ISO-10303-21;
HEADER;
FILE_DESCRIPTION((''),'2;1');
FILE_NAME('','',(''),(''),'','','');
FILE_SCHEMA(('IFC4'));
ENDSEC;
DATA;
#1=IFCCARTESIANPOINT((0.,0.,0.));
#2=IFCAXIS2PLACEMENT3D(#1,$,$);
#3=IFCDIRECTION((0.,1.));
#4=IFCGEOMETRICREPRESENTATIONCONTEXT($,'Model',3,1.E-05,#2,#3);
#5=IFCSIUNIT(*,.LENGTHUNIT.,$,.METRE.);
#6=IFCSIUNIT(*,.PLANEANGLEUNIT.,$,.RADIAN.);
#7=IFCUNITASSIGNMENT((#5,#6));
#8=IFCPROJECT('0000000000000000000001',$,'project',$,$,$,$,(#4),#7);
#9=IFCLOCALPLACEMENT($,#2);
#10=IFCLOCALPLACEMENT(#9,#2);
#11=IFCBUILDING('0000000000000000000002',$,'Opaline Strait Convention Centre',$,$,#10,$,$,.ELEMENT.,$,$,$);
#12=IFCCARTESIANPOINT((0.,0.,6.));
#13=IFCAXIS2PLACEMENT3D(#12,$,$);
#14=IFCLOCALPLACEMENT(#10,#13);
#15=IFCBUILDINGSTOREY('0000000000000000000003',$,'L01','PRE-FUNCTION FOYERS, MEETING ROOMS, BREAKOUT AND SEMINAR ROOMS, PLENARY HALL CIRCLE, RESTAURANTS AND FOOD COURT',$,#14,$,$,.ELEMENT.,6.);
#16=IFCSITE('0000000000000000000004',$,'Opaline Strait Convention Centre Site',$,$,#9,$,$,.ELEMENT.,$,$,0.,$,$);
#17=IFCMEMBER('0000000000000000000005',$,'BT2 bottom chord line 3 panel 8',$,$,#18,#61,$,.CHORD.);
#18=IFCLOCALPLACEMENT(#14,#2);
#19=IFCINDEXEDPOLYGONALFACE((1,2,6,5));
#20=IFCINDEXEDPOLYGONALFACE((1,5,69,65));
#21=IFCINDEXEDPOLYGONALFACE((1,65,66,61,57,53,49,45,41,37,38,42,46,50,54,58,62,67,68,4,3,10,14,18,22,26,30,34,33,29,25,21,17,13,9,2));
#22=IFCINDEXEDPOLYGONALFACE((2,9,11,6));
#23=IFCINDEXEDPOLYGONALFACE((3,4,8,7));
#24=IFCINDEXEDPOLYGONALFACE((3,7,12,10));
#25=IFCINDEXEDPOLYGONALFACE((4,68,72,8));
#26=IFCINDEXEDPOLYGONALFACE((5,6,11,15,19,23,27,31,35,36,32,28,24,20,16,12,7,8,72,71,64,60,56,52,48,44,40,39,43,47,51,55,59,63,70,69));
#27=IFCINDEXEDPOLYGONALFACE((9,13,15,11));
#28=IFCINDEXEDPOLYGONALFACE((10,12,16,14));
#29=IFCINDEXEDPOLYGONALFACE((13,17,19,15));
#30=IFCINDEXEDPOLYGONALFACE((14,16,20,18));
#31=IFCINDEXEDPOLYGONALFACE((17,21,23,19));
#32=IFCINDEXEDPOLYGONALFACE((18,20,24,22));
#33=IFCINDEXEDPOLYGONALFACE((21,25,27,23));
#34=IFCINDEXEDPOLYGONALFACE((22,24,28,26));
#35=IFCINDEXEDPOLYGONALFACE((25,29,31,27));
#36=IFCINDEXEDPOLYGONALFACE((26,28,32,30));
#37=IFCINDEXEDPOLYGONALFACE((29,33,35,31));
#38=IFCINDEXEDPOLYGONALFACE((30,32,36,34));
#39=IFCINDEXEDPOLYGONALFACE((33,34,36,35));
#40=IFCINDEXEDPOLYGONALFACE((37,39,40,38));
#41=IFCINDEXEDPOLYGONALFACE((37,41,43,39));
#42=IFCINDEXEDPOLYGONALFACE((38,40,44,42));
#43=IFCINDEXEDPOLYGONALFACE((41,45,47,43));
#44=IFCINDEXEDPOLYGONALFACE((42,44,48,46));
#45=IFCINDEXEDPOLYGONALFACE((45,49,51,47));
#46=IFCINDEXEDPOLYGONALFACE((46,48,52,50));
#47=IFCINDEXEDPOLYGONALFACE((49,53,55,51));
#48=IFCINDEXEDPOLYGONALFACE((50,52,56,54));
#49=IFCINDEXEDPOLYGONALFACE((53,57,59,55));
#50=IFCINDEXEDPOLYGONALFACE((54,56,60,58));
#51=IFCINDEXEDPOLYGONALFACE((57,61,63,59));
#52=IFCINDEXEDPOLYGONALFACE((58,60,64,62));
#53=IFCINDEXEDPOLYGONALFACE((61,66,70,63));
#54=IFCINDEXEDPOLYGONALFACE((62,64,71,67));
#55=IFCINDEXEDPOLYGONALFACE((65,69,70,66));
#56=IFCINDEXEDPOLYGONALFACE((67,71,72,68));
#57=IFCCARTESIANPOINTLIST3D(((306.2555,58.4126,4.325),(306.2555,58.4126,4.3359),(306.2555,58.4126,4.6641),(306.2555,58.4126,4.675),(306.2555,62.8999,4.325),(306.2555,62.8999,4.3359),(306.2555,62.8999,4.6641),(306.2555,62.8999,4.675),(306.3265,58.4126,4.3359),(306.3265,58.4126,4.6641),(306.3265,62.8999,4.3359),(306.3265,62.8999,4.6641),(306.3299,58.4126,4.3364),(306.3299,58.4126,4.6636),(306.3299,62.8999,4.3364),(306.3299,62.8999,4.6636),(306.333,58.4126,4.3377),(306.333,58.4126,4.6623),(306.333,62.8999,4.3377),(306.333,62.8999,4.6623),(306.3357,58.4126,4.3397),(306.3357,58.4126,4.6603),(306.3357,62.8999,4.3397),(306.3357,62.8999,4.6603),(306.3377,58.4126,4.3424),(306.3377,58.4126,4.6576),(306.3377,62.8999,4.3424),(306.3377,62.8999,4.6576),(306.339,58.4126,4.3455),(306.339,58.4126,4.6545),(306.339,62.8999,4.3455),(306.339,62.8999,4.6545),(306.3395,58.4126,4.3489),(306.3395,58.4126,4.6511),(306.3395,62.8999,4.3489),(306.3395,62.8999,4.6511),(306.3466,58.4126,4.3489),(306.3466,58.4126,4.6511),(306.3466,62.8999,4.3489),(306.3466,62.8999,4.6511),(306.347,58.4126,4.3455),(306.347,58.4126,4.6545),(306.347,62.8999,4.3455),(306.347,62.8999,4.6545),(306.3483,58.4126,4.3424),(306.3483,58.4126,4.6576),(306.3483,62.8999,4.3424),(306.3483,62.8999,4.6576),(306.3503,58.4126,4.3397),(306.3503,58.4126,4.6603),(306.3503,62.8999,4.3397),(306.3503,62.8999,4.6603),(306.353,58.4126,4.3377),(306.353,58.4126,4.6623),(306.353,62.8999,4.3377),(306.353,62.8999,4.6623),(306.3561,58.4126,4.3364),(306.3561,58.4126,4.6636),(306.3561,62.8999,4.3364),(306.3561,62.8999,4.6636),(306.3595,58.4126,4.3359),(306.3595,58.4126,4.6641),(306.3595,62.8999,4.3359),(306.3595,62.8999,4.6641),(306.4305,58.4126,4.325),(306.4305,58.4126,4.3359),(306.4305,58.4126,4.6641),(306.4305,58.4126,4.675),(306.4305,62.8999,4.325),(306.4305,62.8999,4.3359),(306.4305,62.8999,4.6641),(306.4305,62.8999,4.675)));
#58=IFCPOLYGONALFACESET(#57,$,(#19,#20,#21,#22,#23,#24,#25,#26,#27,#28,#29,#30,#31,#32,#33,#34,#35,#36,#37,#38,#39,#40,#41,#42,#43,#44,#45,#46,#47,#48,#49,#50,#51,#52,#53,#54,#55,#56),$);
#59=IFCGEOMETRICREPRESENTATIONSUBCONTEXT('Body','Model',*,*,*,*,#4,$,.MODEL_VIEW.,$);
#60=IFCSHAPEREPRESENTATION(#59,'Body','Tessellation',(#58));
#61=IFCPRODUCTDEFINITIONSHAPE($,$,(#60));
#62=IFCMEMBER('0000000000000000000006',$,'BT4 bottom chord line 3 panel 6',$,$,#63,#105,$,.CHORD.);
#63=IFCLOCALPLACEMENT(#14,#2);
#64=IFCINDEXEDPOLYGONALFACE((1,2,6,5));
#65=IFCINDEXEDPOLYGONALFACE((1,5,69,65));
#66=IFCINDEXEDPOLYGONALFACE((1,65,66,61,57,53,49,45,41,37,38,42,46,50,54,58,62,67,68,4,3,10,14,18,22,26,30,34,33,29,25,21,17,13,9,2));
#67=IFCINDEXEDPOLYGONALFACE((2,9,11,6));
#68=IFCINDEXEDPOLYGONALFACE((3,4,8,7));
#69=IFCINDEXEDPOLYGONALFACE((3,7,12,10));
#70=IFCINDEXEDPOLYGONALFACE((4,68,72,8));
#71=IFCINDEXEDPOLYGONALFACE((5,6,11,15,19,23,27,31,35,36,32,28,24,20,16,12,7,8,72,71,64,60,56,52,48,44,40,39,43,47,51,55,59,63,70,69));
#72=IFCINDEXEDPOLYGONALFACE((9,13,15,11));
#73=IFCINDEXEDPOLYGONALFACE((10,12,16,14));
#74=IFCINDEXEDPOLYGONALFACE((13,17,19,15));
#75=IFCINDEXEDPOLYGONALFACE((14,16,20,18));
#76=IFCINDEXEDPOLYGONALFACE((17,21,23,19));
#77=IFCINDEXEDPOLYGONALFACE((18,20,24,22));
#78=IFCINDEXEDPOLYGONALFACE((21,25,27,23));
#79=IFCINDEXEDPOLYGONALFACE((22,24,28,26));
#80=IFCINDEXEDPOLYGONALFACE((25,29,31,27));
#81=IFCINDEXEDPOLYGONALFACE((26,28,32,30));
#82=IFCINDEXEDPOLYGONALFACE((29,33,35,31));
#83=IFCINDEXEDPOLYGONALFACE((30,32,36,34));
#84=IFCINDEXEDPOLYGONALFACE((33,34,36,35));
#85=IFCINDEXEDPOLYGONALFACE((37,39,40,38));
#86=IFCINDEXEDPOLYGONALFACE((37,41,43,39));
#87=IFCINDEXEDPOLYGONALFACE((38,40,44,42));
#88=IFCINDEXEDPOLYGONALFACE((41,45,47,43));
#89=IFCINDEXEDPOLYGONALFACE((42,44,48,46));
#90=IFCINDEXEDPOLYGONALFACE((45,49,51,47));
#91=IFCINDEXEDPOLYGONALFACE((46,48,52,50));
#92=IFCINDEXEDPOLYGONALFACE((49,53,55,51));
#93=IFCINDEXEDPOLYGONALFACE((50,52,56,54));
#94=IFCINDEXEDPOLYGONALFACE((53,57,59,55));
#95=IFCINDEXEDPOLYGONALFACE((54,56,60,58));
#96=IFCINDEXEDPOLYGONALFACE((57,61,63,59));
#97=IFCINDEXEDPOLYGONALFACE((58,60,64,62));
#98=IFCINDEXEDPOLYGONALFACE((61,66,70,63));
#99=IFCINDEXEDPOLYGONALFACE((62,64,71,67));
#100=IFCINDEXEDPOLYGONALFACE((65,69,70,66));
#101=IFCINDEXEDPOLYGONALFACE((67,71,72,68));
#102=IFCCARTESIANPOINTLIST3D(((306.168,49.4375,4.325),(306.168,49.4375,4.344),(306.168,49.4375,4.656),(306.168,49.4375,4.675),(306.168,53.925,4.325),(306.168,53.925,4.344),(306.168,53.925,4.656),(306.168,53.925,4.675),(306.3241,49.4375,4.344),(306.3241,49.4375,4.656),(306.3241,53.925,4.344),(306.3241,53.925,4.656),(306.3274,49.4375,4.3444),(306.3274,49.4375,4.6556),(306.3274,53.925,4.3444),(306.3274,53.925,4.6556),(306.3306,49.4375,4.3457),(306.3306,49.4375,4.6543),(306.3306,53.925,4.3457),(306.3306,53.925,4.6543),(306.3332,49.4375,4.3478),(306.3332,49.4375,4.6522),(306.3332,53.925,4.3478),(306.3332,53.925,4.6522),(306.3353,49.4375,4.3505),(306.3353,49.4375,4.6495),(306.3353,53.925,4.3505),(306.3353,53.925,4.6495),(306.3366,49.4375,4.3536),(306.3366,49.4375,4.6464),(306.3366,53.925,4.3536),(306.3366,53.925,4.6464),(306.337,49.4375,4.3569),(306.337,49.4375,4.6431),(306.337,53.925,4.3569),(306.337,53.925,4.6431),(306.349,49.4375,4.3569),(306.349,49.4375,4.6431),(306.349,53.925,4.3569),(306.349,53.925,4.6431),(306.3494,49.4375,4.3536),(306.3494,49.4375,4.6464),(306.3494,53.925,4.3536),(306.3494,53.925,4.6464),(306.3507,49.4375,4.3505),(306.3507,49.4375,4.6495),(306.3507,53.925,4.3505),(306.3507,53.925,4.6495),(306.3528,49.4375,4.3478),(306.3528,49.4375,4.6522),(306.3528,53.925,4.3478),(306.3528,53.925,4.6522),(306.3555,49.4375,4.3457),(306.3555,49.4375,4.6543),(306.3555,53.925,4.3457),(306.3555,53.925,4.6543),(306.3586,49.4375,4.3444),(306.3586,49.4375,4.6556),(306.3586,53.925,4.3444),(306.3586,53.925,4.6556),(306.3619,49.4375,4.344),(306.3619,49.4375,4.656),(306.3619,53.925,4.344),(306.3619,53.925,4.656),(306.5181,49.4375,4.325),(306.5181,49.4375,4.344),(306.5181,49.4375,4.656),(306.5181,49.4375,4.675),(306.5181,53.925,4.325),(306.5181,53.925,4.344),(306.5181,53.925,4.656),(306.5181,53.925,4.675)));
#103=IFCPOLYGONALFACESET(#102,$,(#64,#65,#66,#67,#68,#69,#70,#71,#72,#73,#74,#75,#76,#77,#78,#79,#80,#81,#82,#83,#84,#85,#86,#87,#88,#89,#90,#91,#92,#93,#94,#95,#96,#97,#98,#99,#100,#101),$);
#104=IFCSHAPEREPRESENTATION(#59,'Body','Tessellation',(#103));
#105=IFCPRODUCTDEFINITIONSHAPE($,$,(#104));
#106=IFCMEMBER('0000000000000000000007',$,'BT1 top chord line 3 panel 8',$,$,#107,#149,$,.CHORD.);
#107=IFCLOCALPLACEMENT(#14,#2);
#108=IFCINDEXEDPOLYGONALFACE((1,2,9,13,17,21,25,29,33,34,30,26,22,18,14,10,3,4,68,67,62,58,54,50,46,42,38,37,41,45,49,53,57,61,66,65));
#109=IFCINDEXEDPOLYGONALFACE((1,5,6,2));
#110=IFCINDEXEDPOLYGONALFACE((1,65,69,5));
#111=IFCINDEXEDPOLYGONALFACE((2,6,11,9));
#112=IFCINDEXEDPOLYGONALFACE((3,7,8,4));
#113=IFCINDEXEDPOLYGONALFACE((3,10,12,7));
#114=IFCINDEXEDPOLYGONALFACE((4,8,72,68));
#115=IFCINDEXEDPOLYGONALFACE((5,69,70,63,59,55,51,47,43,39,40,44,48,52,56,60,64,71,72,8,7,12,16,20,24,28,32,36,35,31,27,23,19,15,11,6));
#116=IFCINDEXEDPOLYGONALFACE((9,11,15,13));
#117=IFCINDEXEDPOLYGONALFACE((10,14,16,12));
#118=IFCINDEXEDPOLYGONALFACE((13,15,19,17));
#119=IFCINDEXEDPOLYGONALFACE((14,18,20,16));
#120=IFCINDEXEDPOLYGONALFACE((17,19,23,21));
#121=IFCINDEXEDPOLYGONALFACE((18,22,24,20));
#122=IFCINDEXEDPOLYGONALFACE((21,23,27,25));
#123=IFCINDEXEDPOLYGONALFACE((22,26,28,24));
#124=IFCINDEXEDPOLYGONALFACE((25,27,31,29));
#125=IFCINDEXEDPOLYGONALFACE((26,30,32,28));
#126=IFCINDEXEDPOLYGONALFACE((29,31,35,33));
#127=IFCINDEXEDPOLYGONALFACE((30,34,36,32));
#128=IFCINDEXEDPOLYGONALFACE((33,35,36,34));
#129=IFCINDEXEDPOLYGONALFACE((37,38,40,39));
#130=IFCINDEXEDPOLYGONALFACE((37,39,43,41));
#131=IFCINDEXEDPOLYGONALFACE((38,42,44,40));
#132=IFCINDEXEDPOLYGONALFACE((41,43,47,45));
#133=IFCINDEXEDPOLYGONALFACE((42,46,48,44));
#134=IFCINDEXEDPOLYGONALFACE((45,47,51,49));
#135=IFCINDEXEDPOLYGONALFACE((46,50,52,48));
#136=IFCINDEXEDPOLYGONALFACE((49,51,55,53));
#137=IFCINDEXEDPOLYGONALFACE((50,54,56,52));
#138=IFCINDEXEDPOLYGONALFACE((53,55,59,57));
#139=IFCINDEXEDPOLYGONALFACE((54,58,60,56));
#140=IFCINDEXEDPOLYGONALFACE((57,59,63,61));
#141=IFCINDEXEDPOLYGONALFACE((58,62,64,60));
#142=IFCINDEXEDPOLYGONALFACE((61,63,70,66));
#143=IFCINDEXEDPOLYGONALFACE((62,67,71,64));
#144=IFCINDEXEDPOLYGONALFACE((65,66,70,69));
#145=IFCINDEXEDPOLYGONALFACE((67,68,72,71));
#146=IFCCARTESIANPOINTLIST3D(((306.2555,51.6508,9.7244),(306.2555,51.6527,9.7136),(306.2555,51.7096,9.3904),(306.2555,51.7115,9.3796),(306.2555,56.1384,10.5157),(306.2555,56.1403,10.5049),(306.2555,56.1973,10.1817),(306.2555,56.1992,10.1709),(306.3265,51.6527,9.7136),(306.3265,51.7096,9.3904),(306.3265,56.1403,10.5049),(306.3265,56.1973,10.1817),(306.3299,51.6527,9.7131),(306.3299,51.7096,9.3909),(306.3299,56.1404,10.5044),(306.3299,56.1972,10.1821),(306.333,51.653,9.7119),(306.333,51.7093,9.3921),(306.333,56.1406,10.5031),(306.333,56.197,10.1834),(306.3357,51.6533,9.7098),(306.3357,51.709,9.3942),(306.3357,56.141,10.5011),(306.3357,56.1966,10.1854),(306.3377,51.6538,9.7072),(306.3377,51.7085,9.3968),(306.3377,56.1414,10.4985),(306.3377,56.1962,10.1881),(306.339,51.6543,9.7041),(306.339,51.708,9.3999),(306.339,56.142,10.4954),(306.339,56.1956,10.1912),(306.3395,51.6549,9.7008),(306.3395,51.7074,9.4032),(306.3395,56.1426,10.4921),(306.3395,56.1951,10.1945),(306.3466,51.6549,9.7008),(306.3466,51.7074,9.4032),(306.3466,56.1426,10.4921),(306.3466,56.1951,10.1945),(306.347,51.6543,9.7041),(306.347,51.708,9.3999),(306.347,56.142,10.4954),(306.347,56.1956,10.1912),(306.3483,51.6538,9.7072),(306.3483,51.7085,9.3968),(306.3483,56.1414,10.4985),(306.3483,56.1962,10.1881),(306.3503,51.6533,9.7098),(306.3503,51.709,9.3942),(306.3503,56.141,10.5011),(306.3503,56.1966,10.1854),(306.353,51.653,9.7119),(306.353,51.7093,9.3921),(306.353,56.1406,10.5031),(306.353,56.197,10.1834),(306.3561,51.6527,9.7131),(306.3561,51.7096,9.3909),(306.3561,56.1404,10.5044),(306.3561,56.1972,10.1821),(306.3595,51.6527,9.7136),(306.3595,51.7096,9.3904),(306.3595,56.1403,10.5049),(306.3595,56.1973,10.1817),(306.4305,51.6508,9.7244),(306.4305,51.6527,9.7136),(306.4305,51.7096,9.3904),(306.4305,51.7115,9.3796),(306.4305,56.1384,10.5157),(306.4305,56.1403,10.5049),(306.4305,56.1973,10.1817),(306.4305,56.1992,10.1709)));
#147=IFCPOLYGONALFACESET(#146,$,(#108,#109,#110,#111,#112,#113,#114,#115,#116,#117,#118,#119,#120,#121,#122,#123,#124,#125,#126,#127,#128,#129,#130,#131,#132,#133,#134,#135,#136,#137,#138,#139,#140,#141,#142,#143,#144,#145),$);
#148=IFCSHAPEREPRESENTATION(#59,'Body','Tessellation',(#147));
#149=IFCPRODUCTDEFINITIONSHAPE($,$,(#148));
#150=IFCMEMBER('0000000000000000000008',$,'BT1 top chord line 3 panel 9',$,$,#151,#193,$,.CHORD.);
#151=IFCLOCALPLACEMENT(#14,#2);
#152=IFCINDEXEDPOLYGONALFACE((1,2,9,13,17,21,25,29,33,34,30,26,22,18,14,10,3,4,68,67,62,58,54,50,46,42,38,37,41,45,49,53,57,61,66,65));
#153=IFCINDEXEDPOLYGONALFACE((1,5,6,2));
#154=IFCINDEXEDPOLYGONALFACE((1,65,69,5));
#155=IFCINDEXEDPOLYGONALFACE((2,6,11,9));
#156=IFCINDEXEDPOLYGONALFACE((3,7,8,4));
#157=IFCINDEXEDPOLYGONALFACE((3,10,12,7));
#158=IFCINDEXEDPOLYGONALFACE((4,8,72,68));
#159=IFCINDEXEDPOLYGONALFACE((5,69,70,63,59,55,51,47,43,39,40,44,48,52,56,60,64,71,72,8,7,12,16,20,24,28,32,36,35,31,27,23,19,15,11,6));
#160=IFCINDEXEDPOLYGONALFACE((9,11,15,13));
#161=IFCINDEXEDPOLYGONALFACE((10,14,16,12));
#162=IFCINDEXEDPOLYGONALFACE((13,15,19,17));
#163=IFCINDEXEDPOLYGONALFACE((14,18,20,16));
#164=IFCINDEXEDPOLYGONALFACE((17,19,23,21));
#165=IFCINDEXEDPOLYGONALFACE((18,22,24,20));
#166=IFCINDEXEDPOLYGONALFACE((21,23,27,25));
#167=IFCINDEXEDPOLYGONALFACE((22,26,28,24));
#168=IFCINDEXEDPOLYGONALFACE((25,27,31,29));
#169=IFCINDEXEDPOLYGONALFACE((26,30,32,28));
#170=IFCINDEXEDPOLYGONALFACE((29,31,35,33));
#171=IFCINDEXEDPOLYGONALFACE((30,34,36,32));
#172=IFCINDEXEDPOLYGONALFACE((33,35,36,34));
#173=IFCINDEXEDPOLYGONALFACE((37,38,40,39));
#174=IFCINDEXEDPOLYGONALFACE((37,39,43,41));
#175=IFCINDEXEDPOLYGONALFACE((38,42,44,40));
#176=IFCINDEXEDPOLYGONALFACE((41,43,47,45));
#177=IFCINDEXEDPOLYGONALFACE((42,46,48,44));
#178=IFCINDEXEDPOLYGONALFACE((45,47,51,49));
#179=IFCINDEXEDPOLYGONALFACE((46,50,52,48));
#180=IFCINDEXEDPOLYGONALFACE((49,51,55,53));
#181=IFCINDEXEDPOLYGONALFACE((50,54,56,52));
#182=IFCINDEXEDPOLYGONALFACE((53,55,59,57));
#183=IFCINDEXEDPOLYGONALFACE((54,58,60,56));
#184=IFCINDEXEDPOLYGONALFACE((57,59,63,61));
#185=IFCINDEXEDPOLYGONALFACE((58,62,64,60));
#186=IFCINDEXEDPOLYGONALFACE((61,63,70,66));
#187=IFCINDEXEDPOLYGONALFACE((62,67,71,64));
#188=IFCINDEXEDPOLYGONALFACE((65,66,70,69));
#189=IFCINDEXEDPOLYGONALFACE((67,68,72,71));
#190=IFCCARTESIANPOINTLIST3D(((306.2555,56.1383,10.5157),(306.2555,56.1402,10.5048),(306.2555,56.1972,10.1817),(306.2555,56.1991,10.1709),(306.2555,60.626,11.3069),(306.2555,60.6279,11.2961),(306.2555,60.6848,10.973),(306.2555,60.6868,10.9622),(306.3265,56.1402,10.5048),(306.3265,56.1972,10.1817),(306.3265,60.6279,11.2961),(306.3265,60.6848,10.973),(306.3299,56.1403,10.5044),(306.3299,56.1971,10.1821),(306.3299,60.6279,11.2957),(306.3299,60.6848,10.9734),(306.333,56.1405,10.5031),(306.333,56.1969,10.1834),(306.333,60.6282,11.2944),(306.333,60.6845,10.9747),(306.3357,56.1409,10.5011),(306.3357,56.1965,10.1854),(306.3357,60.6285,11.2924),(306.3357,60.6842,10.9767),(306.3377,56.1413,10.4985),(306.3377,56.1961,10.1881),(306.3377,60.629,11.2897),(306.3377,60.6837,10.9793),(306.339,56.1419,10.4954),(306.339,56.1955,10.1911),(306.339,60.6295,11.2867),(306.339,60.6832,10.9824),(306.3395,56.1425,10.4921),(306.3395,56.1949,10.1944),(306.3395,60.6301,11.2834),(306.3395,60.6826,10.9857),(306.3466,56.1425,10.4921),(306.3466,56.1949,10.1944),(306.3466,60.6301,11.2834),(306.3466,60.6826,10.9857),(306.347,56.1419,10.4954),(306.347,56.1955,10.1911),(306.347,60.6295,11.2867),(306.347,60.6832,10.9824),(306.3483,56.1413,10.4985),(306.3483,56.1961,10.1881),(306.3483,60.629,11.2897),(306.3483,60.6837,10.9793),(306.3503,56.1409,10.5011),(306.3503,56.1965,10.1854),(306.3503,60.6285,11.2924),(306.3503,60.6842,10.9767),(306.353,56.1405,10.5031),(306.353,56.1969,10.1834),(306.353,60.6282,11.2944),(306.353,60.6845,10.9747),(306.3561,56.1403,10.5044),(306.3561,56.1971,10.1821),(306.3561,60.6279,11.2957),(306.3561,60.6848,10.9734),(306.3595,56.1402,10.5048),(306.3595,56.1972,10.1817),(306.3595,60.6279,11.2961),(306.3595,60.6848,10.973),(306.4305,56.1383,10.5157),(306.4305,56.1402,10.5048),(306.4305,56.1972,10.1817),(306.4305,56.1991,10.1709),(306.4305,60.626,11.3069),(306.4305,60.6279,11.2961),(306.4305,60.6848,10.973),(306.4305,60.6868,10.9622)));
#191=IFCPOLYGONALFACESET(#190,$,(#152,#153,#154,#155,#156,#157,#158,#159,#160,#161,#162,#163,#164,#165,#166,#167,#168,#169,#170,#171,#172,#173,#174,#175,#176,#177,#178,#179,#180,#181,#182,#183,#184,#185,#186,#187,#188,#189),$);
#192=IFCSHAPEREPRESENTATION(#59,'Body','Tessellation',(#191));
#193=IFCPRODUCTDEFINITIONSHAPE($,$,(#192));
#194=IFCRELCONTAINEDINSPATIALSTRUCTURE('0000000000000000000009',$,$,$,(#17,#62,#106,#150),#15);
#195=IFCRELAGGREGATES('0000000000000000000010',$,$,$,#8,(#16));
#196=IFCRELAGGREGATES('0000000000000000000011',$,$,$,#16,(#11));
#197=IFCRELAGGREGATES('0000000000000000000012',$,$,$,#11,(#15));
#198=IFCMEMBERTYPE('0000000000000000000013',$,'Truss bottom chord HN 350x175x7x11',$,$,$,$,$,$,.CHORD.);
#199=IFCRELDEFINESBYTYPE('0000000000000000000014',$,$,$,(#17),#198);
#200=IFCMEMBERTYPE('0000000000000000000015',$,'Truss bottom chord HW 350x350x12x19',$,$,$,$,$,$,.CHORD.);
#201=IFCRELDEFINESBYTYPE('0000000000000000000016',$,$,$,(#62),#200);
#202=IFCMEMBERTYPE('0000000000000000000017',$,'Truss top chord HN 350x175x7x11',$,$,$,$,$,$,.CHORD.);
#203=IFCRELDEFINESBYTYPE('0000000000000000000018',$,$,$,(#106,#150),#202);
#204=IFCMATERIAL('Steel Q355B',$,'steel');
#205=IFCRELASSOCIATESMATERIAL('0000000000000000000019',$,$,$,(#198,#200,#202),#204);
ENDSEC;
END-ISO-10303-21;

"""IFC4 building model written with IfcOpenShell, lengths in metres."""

from ifc_helpers import new_model, si_unit, direction, frame, origin, origin_2d, place, context, subcontext, project, spatial, i_section, extrude, material, material_profile, profile_set, type_object, element, save


model = new_model("IFC4")

# Units and contexts
model_context = context("Model", 3, precision=1e-05, world=origin(), true_north=direction((0.0, 1.0)))
body_context = subcontext(model_context, "Body", "Model", "MODEL_VIEW")
ifc_project = project(units=[si_unit("LENGTHUNIT", "METRE"), si_unit("PLANEANGLEUNIT", "RADIAN")], contexts=[model_context])

# Site, building, storey
site_placement = place(None, origin())
site = spatial("IfcSite", under=ifc_project, at=site_placement, Name="Opaline Strait Convention Centre Site", CompositionType="ELEMENT", RefElevation=0.0)
building_placement = place(site_placement, origin())
building = spatial("IfcBuilding", under=site, at=building_placement, Name="Opaline Strait Convention Centre", CompositionType="ELEMENT")
storey_placement = place(building_placement, frame((0.0, 0.0, 6.0)))
storey = spatial("IfcBuildingStorey", under=building, at=storey_placement, Name="L01", Description="PRE-FUNCTION FOYERS, MEETING ROOMS, BREAKOUT AND SEMINAR ROOMS, PLENARY HALL CIRCLE, RESTAURANTS AND FOOD COURT", CompositionType="ELEMENT", Elevation=6.0)

# Members
ifc_material_1 = material(Name="Steel Q355B", Category="steel")
ifc_material_profile_1 = material_profile(ifc_material_1, i_section(OverallWidth=0.175, OverallDepth=0.3501, WebThickness=0.0071, FlangeThickness=0.011, FilletRadius=0.0129, at=origin_2d()), Name="HN 350x175x7x11")
ifc_profile_set_1 = profile_set([ifc_material_profile_1], Name="Steel Q355B")
member_type_1 = type_object("IfcMemberType", Name="Truss bottom chord HN 350x175x7x11", PredefinedType="CHORD", material=ifc_profile_set_1)
member_1_placement = place(storey_placement, frame((306.343, 58.4126, 4.5), z_axis=(0.0, 1.0, 0.0), x_axis=(-1.0, 0.0, 0.0)))
element("IfcMember", 1, at=member_1_placement, inside=storey, type_object=member_type_1, Name="BT2 bottom chord line 3 panel 8", PredefinedType="CHORD", context=body_context, shape_type="SweptSolid", body=[
    extrude(i_section(OverallWidth=0.175, OverallDepth=0.3501, WebThickness=0.0071, FlangeThickness=0.011, FilletRadius=0.0129, at=origin_2d()), origin(), (0.0, 0.0, 1.0), 4.4873),
])
ifc_material_profile_2 = material_profile(ifc_material_1, i_section(OverallWidth=0.3501, OverallDepth=0.3501, WebThickness=0.012, FlangeThickness=0.019, FilletRadius=0.0129, at=origin_2d()), Name="HW 350x350x12x19")
ifc_profile_set_2 = profile_set([ifc_material_profile_2], Name="Steel Q355B")
member_type_2 = type_object("IfcMemberType", Name="Truss bottom chord HW 350x350x12x19", PredefinedType="CHORD", material=ifc_profile_set_2)
member_2_placement = place(storey_placement, frame((306.343, 49.4375, 4.5), z_axis=(0.0, 1.0, 0.0), x_axis=(-1.0, 0.0, 0.0)))
element("IfcMember", 2, at=member_2_placement, inside=storey, type_object=member_type_2, Name="BT4 bottom chord line 3 panel 6", PredefinedType="CHORD", context=body_context, shape_type="SweptSolid", body=[
    extrude(i_section(OverallWidth=0.3501, OverallDepth=0.3501, WebThickness=0.012, FlangeThickness=0.019, FilletRadius=0.0129, at=origin_2d()), origin(), (0.0, 0.0, 1.0), 4.4875),
])
ifc_material_profile_3 = material_profile(ifc_material_1, i_section(OverallWidth=0.175, OverallDepth=0.3501, WebThickness=0.0071, FlangeThickness=0.011, FilletRadius=0.0129, at=origin_2d()), Name="HN 350x175x7x11")
ifc_profile_set_3 = profile_set([ifc_material_profile_3], Name="Steel Q355B")
member_type_3 = type_object("IfcMemberType", Name="Truss top chord HN 350x175x7x11", PredefinedType="CHORD", material=ifc_profile_set_3)
for number, where, z_axis, x_axis, name in (
    (3, (306.343, 51.6812, 9.552), (0.0, 0.984808, 0.173645), (-1.0, 0.0, 0.0), "BT1 top chord line 3 panel 8"),
    (4, (306.343, 56.1687, 10.3433), (0.0, 0.984808, 0.173645), (-1.0, 0.0, 0.0), "BT1 top chord line 3 panel 9"),
):
    element("IfcMember", number, at=place(storey_placement, frame(where, z_axis=z_axis, x_axis=x_axis)), inside=storey, type_object=member_type_3, Name=name, PredefinedType="CHORD", context=body_context, shape_type="SweptSolid", body=[
        extrude(i_section(OverallWidth=0.175, OverallDepth=0.3501, WebThickness=0.0071, FlangeThickness=0.011, FilletRadius=0.0129, at=origin_2d()), origin(), (0.0, 0.0, 1.0), 4.5569),
    ])

save(model, "model.ifc")
